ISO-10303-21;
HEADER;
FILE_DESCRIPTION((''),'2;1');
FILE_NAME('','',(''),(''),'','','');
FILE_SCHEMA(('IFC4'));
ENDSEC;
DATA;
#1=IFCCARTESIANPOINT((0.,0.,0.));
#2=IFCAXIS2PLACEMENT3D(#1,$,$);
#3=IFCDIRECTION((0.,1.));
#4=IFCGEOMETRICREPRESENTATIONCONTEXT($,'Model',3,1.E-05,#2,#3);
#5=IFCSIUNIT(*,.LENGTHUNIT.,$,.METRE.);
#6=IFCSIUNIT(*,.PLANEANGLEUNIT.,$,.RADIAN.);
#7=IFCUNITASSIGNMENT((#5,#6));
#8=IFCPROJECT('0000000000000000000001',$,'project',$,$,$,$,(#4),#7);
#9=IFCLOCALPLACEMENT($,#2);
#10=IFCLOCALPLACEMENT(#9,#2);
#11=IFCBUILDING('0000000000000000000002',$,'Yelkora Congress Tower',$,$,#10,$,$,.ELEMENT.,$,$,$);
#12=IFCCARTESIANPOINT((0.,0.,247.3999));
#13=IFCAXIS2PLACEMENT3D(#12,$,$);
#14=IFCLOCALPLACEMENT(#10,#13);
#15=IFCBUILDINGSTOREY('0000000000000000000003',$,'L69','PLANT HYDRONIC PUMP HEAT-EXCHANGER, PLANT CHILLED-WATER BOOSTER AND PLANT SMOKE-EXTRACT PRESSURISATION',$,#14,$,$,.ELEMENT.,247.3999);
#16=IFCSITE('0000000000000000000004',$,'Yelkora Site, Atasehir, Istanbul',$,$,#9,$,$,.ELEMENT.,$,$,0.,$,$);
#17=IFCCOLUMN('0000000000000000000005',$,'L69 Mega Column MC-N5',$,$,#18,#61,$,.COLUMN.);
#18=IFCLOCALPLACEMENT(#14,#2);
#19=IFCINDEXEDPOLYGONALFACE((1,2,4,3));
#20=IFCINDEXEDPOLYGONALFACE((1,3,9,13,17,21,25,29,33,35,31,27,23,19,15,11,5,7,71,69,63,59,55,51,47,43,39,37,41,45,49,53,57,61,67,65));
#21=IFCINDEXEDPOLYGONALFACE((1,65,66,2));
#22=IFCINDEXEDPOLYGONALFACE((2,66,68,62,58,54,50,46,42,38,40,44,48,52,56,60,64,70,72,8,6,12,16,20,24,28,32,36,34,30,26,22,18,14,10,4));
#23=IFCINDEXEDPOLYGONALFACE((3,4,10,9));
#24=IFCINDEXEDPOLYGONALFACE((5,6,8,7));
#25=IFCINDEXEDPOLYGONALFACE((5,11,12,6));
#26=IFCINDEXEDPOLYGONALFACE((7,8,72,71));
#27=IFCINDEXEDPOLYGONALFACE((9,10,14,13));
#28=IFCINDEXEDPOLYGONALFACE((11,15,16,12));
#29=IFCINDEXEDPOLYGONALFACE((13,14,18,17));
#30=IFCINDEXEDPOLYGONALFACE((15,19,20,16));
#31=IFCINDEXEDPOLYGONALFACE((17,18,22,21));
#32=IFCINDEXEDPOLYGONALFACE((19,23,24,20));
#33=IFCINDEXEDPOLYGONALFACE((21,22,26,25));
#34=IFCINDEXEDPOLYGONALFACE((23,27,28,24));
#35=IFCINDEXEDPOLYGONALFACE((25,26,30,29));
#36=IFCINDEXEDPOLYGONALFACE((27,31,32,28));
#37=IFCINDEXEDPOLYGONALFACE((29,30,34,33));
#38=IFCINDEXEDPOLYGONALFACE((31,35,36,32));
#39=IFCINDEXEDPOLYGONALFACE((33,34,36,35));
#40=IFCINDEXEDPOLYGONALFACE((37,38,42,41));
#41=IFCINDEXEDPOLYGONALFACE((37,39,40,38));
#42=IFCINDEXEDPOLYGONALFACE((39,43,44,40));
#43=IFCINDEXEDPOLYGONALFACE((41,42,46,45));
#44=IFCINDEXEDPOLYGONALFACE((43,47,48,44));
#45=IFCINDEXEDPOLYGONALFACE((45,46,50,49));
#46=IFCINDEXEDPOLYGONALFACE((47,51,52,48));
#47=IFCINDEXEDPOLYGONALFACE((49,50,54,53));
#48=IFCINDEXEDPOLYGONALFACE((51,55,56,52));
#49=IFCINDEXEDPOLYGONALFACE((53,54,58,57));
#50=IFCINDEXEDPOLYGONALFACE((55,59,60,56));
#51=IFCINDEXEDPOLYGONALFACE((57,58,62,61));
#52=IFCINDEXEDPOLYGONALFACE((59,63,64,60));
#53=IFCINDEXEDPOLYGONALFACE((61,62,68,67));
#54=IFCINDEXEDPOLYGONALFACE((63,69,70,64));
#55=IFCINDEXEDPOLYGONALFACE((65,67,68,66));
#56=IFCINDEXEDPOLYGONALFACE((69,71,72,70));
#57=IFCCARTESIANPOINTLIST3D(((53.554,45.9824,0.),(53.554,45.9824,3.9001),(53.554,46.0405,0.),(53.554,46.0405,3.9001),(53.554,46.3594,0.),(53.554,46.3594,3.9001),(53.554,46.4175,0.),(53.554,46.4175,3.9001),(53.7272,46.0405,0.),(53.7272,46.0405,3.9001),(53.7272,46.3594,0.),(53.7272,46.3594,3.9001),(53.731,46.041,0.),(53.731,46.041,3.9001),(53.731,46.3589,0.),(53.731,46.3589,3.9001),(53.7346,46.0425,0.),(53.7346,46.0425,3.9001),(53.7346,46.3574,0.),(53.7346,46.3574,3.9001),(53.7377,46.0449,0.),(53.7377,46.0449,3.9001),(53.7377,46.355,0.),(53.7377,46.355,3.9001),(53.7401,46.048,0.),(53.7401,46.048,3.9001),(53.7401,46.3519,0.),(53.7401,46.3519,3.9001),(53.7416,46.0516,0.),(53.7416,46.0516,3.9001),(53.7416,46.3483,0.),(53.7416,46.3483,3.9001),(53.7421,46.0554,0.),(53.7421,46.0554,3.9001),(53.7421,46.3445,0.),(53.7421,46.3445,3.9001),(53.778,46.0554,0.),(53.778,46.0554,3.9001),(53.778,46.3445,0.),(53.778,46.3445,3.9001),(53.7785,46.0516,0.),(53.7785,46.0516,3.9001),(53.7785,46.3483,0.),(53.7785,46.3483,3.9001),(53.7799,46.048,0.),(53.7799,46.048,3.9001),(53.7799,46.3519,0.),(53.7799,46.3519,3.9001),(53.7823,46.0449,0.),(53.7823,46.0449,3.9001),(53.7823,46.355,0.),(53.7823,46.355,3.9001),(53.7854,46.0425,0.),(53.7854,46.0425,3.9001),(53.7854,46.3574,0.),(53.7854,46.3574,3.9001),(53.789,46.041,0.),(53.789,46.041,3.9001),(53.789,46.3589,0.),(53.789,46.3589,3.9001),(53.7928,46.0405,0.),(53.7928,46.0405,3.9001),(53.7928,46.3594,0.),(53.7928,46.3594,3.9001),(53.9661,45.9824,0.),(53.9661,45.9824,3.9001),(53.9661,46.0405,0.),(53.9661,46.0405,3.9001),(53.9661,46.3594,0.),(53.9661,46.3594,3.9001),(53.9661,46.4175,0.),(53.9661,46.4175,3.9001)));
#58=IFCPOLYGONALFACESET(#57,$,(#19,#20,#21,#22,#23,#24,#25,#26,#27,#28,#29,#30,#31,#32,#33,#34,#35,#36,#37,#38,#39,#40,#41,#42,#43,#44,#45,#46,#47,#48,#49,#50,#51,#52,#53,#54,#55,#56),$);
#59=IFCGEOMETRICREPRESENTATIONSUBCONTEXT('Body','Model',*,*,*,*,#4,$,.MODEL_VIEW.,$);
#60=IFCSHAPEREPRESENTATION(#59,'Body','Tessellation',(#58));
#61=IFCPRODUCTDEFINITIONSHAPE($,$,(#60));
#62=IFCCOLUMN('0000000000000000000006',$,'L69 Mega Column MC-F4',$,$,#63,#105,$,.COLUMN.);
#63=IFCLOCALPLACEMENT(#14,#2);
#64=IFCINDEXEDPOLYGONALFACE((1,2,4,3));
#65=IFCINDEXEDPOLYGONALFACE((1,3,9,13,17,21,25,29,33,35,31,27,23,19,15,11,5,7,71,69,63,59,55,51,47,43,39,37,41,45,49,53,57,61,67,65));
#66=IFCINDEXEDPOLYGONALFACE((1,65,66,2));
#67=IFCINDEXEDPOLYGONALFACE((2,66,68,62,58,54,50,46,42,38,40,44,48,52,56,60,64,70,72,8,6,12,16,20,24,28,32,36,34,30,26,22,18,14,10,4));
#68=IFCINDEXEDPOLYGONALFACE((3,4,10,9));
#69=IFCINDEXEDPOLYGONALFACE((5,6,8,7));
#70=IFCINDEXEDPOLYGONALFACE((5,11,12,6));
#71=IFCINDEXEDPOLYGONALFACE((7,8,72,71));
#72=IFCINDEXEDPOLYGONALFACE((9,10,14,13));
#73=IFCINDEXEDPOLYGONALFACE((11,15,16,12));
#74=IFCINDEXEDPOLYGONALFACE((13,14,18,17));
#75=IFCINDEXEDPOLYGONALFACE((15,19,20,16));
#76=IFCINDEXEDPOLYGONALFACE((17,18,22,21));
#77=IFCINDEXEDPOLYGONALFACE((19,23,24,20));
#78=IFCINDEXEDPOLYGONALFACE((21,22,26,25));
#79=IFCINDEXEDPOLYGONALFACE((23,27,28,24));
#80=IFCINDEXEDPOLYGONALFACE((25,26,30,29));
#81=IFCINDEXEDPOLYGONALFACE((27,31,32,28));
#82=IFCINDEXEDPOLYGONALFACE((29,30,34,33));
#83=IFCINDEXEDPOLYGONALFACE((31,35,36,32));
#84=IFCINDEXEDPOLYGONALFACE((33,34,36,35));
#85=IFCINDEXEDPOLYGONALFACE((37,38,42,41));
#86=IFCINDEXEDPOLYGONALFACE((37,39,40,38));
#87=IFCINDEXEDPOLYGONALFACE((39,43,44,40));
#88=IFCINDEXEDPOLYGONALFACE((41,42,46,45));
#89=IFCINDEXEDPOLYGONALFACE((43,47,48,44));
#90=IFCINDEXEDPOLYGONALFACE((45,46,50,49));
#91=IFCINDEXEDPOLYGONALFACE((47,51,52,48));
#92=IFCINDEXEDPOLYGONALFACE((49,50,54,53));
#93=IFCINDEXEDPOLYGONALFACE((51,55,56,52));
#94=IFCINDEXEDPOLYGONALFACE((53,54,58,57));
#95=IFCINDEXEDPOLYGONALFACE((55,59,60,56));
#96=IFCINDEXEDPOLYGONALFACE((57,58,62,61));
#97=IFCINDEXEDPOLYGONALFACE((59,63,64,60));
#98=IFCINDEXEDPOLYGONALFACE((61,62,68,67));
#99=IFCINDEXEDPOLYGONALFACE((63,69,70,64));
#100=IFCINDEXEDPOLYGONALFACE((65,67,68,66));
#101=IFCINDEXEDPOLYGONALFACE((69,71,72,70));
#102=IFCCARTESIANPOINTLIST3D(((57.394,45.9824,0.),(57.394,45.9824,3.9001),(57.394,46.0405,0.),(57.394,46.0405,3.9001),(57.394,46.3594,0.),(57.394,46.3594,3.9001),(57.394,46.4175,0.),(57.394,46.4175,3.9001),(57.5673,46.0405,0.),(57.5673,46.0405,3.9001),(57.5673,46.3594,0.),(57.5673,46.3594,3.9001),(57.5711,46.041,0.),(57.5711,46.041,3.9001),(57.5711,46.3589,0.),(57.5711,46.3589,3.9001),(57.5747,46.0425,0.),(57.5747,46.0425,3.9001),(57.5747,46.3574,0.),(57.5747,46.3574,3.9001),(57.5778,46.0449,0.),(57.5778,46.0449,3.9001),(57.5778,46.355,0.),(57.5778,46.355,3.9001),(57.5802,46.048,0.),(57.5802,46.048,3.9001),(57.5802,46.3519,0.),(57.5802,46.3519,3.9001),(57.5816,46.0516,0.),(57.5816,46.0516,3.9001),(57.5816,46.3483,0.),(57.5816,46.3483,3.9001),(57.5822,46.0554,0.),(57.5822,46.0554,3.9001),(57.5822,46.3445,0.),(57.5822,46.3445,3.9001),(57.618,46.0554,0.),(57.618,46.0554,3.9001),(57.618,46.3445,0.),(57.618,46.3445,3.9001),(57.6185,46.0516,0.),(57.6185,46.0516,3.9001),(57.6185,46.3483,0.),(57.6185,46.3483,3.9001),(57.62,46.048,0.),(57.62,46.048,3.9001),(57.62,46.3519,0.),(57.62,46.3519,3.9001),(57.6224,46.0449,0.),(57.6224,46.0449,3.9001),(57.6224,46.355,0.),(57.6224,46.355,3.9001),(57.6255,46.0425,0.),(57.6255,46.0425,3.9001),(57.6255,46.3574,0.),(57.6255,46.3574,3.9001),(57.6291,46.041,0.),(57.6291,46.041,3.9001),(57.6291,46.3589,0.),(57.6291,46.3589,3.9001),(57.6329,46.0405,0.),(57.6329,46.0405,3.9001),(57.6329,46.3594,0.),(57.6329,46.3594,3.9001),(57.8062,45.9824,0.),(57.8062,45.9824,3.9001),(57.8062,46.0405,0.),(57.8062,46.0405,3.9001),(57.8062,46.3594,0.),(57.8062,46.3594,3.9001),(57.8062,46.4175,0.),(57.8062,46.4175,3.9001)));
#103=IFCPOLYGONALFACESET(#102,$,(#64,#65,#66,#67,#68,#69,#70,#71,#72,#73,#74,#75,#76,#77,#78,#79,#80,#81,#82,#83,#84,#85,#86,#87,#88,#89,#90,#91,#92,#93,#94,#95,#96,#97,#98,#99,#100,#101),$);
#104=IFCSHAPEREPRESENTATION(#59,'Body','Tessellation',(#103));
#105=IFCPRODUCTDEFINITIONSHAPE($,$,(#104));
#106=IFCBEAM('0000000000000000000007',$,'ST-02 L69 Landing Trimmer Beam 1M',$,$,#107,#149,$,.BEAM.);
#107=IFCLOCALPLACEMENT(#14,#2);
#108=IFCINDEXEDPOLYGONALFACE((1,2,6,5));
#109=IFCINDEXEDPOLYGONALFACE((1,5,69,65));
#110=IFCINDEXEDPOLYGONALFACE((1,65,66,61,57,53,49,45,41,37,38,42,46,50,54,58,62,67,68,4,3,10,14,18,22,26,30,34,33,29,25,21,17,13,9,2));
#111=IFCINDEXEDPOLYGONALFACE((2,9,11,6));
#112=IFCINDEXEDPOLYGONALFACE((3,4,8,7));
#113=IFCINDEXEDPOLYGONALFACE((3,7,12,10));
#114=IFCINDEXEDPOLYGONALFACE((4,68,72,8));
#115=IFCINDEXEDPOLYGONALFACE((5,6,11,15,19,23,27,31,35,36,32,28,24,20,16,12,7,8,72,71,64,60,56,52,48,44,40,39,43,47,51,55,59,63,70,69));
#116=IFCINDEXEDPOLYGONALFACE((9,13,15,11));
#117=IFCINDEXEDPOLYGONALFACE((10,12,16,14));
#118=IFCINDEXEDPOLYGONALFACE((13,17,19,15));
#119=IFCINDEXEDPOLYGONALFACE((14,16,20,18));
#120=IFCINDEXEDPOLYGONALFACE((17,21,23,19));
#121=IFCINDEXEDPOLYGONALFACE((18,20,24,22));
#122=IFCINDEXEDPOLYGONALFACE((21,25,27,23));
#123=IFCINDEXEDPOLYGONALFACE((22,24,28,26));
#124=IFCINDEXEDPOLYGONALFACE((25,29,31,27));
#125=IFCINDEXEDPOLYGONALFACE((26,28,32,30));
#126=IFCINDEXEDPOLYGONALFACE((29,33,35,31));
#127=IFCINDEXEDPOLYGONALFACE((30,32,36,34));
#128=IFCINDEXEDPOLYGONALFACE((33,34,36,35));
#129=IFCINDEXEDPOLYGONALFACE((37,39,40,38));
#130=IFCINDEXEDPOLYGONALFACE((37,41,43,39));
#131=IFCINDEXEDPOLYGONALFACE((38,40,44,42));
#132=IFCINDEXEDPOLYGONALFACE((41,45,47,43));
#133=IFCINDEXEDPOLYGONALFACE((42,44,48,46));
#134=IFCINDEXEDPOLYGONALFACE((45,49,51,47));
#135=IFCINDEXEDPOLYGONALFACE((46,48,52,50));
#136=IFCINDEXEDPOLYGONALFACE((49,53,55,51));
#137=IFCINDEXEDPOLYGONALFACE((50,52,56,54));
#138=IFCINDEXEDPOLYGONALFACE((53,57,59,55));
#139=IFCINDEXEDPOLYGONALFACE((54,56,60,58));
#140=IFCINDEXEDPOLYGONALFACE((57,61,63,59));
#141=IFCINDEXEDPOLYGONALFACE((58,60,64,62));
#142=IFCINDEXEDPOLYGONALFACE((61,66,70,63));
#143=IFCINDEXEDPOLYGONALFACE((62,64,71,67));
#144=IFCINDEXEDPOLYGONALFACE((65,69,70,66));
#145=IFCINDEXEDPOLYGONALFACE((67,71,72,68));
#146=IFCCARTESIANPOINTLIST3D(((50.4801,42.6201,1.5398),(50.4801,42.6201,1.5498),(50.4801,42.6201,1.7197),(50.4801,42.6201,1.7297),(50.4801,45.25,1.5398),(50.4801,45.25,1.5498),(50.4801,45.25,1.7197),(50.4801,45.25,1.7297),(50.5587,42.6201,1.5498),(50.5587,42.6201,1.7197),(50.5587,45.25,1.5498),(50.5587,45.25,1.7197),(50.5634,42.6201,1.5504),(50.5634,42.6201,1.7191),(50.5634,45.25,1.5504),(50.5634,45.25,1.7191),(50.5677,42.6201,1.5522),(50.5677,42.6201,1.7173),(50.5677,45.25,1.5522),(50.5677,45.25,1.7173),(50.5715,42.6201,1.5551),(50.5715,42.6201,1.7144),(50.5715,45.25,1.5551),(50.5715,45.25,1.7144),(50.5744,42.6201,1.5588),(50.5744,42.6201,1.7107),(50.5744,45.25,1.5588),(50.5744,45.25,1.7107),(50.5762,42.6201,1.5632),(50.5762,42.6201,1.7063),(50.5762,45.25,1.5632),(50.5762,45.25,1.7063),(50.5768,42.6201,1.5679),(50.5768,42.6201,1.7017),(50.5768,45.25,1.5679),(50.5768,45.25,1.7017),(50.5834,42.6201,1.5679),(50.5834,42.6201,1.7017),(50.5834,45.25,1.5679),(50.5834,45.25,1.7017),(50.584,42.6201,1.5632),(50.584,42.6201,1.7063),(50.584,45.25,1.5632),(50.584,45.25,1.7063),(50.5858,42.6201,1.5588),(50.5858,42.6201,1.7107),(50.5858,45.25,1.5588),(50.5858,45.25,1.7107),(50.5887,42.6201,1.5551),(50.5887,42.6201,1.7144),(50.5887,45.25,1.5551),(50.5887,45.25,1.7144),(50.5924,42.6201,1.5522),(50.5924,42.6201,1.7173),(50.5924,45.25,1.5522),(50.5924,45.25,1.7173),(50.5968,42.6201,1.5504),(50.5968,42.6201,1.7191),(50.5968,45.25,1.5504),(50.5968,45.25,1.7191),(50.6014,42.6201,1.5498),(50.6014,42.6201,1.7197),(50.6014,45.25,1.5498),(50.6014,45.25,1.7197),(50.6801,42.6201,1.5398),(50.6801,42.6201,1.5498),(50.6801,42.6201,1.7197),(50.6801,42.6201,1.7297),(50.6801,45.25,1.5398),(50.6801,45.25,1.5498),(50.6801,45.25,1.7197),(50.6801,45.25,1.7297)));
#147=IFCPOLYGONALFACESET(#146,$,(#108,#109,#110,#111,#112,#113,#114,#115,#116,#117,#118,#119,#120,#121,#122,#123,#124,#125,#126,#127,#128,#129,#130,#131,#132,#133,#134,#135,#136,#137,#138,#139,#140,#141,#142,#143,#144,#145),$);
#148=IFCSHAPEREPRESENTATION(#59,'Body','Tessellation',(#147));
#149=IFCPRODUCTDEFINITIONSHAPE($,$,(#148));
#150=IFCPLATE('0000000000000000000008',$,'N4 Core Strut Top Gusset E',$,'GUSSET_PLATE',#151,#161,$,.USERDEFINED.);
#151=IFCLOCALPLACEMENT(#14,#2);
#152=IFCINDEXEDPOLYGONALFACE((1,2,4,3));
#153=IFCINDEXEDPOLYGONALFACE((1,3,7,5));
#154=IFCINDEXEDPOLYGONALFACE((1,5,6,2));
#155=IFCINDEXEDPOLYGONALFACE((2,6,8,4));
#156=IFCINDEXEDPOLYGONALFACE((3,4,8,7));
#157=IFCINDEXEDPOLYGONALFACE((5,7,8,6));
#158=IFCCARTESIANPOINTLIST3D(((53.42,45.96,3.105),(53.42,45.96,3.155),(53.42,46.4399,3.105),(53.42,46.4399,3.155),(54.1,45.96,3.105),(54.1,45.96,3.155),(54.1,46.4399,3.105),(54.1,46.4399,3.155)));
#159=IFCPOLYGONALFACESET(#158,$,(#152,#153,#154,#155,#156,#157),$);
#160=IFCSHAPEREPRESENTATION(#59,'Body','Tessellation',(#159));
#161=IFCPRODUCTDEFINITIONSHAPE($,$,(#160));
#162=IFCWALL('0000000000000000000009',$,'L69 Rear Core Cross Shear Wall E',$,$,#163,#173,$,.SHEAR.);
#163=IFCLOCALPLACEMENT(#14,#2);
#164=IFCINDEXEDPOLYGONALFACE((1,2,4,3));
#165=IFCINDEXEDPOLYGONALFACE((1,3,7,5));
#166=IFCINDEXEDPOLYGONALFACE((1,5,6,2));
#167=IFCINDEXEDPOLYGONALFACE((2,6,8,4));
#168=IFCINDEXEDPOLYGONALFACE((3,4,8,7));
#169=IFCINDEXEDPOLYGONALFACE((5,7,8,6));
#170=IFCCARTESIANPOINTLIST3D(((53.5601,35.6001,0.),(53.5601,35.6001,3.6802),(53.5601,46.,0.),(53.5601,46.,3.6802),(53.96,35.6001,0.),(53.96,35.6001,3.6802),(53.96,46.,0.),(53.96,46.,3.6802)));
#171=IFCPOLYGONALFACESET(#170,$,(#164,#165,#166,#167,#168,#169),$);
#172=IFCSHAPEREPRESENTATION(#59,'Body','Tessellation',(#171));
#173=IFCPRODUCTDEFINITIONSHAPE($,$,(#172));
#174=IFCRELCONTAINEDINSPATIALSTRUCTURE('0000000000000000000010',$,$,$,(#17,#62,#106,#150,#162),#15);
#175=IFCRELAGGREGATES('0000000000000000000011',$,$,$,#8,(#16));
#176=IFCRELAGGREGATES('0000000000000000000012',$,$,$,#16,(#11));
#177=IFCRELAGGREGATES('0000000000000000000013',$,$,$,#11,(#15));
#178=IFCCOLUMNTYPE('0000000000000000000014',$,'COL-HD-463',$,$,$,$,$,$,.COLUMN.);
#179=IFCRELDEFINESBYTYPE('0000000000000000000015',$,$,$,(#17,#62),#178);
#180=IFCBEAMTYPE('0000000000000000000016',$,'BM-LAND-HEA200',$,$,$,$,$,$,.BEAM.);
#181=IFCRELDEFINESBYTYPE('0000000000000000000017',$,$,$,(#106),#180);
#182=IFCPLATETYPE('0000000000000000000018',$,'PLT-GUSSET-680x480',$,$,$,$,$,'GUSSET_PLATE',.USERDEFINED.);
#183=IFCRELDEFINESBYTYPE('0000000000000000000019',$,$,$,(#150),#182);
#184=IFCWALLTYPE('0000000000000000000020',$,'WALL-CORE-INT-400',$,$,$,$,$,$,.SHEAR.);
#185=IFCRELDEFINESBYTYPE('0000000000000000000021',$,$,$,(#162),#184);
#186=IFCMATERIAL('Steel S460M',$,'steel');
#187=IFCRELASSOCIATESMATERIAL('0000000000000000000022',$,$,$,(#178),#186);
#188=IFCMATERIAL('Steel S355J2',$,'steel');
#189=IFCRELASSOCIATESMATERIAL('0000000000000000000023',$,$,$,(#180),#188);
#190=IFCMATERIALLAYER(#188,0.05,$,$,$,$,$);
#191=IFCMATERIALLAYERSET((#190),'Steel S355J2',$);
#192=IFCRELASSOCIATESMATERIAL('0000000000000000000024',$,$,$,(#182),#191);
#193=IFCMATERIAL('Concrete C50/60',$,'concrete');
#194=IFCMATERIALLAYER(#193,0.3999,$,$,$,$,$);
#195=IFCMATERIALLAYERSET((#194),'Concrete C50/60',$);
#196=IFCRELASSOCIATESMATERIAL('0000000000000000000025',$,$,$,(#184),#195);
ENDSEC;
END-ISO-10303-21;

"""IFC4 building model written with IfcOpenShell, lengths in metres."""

from ifc_helpers import new_model, si_unit, direction, frame, frame_2d, origin, origin_2d, place, context, subcontext, project, spatial, rectangle, i_section, extrude, material, layer, layer_set, material_profile, profile_set, type_object, element, save


model = new_model("IFC4")

# Units and contexts
model_context = context("Model", 3, precision=1e-05, world=origin(), true_north=direction((0.0, 1.0)))
body_context = subcontext(model_context, "Body", "Model", "MODEL_VIEW")
ifc_project = project(units=[si_unit("LENGTHUNIT", "METRE"), si_unit("PLANEANGLEUNIT", "RADIAN")], contexts=[model_context])

# Site, building, storey
site_placement = place(None, origin())
site = spatial("IfcSite", under=ifc_project, at=site_placement, Name="Yelkora Site, Atasehir, Istanbul", CompositionType="ELEMENT", RefElevation=0.0)
building_placement = place(site_placement, origin())
building = spatial("IfcBuilding", under=site, at=building_placement, Name="Yelkora Congress Tower", CompositionType="ELEMENT")
storey_placement = place(building_placement, frame((0.0, 0.0, 247.3999)))
storey = spatial("IfcBuildingStorey", under=building, at=storey_placement, Name="L69", Description="PLANT HYDRONIC PUMP HEAT-EXCHANGER, PLANT CHILLED-WATER BOOSTER AND PLANT SMOKE-EXTRACT PRESSURISATION", CompositionType="ELEMENT", Elevation=247.3999)

# Columns
ifc_material_1 = material(Name="Steel S460M", Category="steel")
ifc_material_profile_1 = material_profile(ifc_material_1, i_section(OverallWidth=0.4121, OverallDepth=0.4351, WebThickness=0.0359, FlangeThickness=0.0581, FilletRadius=0.0149, at=origin_2d()), Name="HD 400x463")
ifc_profile_set_1 = profile_set([ifc_material_profile_1], Name="Steel S460M")
column_type = type_object("IfcColumnType", Name="COL-HD-463", PredefinedType="COLUMN", material=ifc_profile_set_1)
for number, where, z_axis, x_axis, name in (
    (1, (53.76, 46.2, 0.0), (0.0, 0.0, 1.0), (1.0, 0.0, 0.0), "L69 Mega Column MC-N5"),
    (2, (57.6001, 46.2, 0.0), (0.0, 0.0, 1.0), (1.0, 0.0, 0.0), "L69 Mega Column MC-F4"),
):
    element("IfcColumn", number, at=place(storey_placement, frame(where, z_axis=z_axis, x_axis=x_axis)), inside=storey, type_object=column_type, Name=name, PredefinedType="COLUMN", context=body_context, shape_type="SweptSolid", body=[
        extrude(i_section(OverallWidth=0.4121, OverallDepth=0.4351, WebThickness=0.0359, FlangeThickness=0.0581, FilletRadius=0.0149, at=origin_2d()), origin(), (0.0, 0.0, 1.0), 3.9001),
    ])

# Beam
ifc_material_2 = material(Name="Steel S355J2", Category="steel")
ifc_material_profile_2 = material_profile(ifc_material_2, i_section(OverallWidth=0.2, OverallDepth=0.1899, WebThickness=0.0066, FlangeThickness=0.01, FilletRadius=0.0181, at=origin_2d()), Name="HEA 200")
ifc_profile_set_2 = profile_set([ifc_material_profile_2], Name="Steel S355J2")
beam_type = type_object("IfcBeamType", Name="BM-LAND-HEA200", PredefinedType="BEAM", material=ifc_profile_set_2)
beam_placement = place(storey_placement, frame((50.5801, 42.6201, 1.6348), z_axis=(0.0, 1.0, 0.0), x_axis=(-1.0, 0.0, 0.0)))
element("IfcBeam", 3, at=beam_placement, inside=storey, type_object=beam_type, Name="ST-02 L69 Landing Trimmer Beam 1M", PredefinedType="BEAM", context=body_context, shape_type="SweptSolid", body=[
    extrude(i_section(OverallWidth=0.2, OverallDepth=0.1899, WebThickness=0.0066, FlangeThickness=0.01, FilletRadius=0.0181, at=origin_2d()), origin(), (0.0, 0.0, 1.0), 2.6299),
])

# Plate
ifc_layer_1 = layer(ifc_material_2, 0.05)
ifc_layer_set_1 = layer_set([ifc_layer_1], Name="Steel S355J2")
plate_type = type_object("IfcPlateType", Name="PLT-GUSSET-680x480", ElementType="GUSSET_PLATE", PredefinedType="USERDEFINED", material=ifc_layer_set_1)
plate_placement = place(storey_placement, frame((53.76, 46.2, 3.105), z_axis=(0.0, 0.0, 1.0), x_axis=(1.0, 0.0, 0.0)))
element("IfcPlate", 4, at=plate_placement, inside=storey, type_object=plate_type, Name="N4 Core Strut Top Gusset E", ObjectType="GUSSET_PLATE", PredefinedType="USERDEFINED", context=body_context, shape_type="SweptSolid", body=[
    extrude(rectangle(XDim=0.6799, YDim=0.48, at=origin_2d()), origin(), (0.0, 0.0, 1.0), 0.05),
])

# Wall
ifc_material_3 = material(Name="Concrete C50/60", Category="concrete")
ifc_layer_2 = layer(ifc_material_3, 0.3999)
ifc_layer_set_2 = layer_set([ifc_layer_2], Name="Concrete C50/60")
wall_type = type_object("IfcWallType", Name="WALL-CORE-INT-400", PredefinedType="SHEAR", material=ifc_layer_set_2)
wall_placement = place(storey_placement, frame((53.76, 35.6001, 0.0), z_axis=(0.0, 0.0, 1.0), x_axis=(0.0, 1.0, 0.0)))
element("IfcWall", 5, at=wall_placement, inside=storey, type_object=wall_type, Name="L69 Rear Core Cross Shear Wall E", PredefinedType="SHEAR", context=body_context, shape_type="SweptSolid", body=[
    extrude(rectangle(XDim=10.3999, YDim=0.3999, at=frame_2d((5.2, 0.0))), origin(), (0.0, 0.0, 1.0), 3.6802),
])

save(model, "model.ifc")
